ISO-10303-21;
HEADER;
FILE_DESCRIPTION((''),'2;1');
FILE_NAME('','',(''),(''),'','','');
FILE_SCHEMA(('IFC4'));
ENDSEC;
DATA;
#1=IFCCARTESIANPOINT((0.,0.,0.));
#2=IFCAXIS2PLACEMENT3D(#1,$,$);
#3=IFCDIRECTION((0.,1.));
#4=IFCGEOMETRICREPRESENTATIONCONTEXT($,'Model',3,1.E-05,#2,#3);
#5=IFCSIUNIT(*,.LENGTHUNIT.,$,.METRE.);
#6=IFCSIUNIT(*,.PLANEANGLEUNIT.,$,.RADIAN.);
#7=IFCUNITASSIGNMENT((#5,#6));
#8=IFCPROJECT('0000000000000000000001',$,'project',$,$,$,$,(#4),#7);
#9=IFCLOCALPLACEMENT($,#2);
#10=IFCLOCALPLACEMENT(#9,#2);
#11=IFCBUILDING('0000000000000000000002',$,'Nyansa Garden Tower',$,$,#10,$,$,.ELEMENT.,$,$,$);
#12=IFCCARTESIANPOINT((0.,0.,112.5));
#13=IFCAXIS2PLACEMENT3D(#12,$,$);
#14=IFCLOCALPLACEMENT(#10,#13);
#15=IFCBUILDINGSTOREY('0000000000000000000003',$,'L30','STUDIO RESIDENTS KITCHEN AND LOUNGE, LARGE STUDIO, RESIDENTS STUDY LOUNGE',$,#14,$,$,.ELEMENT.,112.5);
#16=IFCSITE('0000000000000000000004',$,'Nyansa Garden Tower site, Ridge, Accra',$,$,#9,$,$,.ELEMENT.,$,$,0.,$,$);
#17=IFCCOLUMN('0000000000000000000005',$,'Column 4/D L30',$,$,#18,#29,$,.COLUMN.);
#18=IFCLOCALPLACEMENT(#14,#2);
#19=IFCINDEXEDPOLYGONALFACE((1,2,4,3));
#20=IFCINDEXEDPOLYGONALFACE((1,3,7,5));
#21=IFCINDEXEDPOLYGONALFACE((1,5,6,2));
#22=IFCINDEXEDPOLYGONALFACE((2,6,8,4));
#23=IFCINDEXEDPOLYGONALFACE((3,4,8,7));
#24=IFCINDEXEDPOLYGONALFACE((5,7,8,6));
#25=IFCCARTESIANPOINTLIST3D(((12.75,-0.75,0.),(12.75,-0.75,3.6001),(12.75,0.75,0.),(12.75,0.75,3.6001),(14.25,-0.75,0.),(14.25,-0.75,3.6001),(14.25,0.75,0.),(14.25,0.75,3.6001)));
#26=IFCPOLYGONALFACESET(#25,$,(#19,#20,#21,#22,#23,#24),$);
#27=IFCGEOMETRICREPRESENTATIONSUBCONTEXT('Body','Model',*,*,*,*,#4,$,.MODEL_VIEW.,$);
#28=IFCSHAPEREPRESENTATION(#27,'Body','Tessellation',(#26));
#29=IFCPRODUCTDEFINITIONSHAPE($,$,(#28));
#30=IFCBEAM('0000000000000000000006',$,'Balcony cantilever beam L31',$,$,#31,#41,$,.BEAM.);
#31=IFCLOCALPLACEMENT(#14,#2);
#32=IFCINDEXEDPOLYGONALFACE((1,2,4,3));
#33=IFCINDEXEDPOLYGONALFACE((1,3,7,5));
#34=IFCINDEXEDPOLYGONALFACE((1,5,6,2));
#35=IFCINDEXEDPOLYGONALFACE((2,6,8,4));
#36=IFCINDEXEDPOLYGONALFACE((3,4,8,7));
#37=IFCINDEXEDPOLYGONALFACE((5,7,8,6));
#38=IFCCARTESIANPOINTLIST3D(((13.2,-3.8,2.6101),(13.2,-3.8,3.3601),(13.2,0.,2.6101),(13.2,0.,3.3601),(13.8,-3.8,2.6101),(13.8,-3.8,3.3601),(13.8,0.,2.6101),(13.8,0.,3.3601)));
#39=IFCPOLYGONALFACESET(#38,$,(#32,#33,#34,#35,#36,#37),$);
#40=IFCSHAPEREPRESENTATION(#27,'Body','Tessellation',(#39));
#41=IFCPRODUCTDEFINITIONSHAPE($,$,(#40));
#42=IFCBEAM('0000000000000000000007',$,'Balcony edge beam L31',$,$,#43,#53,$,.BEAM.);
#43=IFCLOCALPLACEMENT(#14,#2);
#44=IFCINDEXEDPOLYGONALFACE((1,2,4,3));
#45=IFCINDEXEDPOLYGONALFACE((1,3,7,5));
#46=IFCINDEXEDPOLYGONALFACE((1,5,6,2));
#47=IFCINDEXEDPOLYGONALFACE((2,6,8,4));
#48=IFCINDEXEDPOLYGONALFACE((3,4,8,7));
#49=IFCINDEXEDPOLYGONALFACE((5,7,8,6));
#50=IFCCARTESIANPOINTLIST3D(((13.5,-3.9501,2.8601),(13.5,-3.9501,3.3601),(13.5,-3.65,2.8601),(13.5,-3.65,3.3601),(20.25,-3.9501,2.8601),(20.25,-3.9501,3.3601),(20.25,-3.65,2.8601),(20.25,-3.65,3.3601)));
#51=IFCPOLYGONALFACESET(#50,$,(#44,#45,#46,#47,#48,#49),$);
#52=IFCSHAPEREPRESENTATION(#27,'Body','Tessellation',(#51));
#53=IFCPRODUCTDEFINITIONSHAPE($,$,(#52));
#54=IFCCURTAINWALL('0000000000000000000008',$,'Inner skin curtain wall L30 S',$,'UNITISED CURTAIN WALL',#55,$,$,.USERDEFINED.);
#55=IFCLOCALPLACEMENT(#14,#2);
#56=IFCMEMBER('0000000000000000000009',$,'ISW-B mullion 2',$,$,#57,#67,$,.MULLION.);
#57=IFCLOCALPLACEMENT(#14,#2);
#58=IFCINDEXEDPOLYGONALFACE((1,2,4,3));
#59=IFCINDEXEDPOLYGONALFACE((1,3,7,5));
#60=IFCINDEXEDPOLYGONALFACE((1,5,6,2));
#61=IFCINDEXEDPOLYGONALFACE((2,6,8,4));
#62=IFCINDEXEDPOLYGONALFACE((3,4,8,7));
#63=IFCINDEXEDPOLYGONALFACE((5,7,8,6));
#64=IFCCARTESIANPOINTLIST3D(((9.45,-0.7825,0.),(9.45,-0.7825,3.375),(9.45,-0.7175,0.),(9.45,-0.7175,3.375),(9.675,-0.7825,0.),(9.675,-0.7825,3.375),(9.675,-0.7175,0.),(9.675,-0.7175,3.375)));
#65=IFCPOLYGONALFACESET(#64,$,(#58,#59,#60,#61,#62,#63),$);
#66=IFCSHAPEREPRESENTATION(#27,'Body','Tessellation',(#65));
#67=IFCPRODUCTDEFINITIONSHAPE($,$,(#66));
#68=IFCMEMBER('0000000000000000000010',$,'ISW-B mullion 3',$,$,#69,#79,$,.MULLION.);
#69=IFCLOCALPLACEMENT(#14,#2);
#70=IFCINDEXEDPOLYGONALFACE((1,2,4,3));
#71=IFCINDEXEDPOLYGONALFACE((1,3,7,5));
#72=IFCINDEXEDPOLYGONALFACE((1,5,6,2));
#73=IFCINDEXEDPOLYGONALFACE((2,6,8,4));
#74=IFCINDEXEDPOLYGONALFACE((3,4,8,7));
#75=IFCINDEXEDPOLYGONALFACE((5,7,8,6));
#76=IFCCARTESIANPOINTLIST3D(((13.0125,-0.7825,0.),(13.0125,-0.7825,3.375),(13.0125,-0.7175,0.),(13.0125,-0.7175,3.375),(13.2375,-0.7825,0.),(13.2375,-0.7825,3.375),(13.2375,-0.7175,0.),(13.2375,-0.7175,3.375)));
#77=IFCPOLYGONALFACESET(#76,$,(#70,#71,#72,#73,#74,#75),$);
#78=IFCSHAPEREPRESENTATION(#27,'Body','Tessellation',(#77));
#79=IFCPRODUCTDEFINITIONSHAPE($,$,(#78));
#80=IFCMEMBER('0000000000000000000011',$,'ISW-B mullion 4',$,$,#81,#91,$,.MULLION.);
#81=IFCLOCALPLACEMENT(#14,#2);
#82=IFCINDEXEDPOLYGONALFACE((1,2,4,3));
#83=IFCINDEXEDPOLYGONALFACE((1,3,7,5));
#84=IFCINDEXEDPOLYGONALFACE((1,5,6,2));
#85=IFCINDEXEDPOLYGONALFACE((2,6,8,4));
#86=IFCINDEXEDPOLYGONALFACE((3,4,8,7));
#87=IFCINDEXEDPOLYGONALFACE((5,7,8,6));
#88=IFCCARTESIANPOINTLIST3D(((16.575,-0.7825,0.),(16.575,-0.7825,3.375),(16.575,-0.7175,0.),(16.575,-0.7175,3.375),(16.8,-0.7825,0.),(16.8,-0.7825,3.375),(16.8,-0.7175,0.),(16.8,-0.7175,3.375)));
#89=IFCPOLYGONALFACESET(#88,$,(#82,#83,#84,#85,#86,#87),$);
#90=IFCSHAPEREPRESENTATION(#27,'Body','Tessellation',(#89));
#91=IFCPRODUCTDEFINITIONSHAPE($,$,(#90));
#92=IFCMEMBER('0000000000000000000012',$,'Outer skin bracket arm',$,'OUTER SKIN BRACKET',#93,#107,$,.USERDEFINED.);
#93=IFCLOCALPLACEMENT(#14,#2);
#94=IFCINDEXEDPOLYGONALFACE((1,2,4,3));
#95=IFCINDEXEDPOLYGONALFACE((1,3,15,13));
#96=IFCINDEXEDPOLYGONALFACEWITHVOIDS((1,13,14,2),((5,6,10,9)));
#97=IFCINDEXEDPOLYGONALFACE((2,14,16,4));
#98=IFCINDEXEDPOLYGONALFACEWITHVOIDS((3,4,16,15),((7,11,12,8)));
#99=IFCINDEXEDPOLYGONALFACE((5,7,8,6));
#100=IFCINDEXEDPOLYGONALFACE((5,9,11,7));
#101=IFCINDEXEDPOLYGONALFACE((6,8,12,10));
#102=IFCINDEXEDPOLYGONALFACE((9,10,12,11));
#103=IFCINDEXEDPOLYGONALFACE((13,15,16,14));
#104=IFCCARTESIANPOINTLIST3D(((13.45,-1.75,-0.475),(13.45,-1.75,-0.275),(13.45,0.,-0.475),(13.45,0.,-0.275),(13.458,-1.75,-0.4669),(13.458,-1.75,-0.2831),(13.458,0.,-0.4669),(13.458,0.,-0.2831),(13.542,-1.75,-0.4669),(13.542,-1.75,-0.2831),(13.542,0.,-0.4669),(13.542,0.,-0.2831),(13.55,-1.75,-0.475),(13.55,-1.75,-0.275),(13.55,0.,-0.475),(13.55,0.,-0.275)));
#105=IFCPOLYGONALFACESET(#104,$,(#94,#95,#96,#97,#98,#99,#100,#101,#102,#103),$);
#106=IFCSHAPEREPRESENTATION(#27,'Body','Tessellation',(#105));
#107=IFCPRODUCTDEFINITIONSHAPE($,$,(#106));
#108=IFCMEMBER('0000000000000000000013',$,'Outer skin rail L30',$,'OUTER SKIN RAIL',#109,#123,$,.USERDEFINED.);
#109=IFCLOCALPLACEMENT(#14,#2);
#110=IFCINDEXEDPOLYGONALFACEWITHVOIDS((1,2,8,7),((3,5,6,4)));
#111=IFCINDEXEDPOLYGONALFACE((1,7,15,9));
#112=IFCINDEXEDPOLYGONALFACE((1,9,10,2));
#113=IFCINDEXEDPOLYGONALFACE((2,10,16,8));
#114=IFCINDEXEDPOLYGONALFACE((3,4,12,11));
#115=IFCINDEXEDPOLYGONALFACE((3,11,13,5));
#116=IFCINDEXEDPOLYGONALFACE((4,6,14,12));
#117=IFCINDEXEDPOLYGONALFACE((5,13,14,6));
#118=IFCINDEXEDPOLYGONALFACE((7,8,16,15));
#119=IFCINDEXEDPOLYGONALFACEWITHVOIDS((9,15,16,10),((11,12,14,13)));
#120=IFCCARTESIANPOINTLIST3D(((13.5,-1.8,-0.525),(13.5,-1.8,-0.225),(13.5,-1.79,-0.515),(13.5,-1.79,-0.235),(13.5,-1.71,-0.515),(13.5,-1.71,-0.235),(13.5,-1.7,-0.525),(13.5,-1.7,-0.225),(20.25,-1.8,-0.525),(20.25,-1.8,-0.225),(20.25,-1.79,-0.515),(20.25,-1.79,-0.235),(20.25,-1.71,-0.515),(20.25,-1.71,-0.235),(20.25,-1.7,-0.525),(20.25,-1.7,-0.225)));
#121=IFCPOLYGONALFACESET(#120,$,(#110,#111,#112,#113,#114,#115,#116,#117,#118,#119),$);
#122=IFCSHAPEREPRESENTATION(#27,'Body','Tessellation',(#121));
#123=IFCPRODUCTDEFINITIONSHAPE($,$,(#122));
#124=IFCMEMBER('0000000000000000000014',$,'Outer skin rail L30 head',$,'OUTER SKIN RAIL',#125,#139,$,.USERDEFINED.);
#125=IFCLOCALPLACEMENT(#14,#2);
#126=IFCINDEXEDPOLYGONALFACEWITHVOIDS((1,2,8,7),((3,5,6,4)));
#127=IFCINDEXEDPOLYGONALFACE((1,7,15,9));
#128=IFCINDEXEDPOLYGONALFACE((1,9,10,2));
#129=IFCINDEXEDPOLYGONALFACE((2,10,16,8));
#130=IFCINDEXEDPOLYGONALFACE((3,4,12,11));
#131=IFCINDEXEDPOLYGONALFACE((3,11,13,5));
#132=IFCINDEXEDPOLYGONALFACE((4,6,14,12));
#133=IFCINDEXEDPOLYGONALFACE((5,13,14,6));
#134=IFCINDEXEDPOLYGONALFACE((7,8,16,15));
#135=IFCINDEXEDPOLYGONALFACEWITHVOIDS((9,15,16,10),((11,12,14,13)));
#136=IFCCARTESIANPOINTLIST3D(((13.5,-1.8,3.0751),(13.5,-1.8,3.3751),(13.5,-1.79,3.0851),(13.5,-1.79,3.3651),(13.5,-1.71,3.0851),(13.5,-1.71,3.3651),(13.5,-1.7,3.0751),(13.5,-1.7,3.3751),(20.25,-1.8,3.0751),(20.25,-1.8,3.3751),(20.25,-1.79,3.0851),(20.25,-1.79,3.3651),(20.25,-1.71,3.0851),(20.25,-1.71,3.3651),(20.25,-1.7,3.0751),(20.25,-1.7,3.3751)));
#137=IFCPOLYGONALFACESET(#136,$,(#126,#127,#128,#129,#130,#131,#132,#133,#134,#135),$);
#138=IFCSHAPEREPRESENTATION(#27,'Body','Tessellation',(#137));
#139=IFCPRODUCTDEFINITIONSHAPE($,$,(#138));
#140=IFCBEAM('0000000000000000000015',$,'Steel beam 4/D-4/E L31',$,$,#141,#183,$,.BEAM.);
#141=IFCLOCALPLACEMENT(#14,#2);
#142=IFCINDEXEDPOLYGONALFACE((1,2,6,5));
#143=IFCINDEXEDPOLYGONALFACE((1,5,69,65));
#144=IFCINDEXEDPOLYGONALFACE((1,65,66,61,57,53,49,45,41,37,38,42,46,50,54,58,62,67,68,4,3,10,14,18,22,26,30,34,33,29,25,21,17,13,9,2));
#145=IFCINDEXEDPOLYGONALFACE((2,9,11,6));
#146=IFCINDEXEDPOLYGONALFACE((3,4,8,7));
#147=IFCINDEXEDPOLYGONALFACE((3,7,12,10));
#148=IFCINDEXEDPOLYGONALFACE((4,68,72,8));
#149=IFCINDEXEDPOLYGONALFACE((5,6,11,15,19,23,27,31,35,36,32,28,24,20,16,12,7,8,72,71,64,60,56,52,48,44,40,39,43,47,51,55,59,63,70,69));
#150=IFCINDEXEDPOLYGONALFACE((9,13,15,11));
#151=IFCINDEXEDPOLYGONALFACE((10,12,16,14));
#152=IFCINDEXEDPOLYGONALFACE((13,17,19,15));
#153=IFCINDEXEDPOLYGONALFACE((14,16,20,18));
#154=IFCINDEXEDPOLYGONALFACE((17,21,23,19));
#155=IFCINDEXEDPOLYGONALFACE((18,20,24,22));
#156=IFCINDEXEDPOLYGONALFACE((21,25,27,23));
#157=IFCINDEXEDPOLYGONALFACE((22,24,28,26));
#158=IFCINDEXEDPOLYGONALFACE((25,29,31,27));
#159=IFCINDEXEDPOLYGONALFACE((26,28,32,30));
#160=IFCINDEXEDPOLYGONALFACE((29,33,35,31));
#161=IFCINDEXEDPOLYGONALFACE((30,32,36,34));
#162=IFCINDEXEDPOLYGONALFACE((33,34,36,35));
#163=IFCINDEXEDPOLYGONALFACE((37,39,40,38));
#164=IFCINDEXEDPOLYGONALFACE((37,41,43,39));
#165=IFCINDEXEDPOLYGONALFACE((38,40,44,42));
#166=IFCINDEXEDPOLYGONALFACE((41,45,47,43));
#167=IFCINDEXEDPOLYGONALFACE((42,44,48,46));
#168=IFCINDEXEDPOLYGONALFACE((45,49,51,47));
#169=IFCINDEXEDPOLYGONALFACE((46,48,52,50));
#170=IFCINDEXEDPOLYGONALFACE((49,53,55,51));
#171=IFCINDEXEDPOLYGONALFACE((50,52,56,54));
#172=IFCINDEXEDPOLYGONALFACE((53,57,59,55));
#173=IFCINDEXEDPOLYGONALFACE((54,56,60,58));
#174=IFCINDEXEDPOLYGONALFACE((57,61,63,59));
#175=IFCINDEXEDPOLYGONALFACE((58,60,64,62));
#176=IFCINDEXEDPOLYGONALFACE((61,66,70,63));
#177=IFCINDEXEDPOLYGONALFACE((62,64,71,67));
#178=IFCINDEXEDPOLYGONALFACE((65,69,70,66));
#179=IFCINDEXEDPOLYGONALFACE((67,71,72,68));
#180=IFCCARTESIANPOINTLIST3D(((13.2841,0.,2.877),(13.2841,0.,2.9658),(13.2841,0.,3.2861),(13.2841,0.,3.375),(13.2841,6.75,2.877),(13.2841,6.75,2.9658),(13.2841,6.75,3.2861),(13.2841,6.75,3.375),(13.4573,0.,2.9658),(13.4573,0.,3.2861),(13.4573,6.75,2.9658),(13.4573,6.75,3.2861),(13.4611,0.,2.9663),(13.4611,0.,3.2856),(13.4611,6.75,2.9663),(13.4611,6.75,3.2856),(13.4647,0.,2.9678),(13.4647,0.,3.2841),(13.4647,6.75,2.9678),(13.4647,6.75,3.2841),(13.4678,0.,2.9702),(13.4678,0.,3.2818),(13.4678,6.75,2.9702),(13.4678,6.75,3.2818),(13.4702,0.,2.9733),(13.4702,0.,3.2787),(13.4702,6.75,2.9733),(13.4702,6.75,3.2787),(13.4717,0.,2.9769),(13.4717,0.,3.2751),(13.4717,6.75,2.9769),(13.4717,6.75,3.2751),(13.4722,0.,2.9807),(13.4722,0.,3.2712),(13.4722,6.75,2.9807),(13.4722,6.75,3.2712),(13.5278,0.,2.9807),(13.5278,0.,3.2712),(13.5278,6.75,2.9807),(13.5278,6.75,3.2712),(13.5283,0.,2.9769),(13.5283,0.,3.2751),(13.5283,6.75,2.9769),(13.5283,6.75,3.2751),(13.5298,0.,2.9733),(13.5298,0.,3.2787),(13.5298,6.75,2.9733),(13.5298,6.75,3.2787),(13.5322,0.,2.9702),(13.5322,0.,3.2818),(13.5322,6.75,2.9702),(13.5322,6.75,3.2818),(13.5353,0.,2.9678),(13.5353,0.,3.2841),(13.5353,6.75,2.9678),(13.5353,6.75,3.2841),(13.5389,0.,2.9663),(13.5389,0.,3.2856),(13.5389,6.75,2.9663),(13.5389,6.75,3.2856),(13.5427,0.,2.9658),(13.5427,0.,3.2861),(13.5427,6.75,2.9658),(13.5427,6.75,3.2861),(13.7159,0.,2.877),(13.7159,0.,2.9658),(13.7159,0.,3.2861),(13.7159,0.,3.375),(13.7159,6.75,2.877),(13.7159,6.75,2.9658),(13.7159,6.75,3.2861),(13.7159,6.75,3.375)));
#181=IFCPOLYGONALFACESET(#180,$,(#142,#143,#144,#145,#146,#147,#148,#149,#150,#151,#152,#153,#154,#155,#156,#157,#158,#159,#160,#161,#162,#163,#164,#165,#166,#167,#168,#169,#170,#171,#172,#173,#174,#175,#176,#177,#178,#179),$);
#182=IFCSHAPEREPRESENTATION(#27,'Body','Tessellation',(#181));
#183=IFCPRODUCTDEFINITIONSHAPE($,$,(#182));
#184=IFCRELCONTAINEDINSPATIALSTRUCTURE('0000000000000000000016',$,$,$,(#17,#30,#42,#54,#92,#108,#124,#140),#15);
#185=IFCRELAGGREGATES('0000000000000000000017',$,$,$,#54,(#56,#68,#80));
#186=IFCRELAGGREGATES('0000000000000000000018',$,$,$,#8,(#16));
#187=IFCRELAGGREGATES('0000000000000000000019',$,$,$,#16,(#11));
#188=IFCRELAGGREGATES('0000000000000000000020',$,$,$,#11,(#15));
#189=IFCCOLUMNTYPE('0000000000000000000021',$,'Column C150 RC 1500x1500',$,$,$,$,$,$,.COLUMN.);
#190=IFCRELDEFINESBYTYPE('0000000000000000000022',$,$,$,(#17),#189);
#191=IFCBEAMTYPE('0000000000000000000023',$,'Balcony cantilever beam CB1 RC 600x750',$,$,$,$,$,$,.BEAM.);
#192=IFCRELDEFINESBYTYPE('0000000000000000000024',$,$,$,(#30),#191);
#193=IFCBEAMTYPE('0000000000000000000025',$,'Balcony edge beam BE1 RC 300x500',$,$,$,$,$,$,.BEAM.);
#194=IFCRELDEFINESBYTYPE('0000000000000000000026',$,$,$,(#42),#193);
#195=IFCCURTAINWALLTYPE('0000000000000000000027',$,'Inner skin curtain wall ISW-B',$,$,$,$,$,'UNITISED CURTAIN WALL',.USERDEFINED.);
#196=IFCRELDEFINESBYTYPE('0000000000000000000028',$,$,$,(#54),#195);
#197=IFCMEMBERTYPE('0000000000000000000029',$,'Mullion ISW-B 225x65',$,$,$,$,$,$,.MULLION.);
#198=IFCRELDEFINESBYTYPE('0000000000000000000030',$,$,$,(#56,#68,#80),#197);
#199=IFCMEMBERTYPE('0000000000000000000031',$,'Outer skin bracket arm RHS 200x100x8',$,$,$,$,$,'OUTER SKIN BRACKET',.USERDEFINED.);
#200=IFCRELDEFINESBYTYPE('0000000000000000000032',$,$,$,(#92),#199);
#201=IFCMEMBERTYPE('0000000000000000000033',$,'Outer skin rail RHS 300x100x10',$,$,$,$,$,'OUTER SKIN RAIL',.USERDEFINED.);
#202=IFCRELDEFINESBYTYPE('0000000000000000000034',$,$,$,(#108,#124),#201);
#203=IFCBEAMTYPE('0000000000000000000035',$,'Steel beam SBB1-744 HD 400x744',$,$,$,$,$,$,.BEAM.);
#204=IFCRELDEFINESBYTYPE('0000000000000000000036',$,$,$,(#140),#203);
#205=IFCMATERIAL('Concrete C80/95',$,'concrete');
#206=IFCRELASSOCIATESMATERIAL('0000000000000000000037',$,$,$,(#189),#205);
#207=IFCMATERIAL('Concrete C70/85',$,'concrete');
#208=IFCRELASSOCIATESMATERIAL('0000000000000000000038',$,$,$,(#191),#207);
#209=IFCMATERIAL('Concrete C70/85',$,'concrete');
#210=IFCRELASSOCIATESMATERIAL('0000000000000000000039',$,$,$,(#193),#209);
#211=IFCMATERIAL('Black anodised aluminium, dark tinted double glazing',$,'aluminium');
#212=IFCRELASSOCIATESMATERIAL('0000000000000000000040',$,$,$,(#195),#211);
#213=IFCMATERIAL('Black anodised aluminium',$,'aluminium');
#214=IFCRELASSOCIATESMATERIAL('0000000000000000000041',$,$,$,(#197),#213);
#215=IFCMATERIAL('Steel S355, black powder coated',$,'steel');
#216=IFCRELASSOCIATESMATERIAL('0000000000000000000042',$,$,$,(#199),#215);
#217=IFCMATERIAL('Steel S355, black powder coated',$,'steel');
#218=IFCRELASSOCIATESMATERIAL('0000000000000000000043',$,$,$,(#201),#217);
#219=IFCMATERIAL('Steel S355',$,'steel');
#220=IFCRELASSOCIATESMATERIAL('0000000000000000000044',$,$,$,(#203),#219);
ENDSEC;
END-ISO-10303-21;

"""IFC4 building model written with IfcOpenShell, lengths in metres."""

from ifc_helpers import new_model, si_unit, direction, frame, origin, origin_2d, place, context, subcontext, project, spatial, rectangle, hollow_rectangle, i_section, extrude, material, material_profile, profile_set, type_object, element, aggregate, save


model = new_model("IFC4")

# Units and contexts
model_context = context("Model", 3, precision=1e-05, world=origin(), true_north=direction((0.0, 1.0)))
body_context = subcontext(model_context, "Body", "Model", "MODEL_VIEW")
ifc_project = project(units=[si_unit("LENGTHUNIT", "METRE"), si_unit("PLANEANGLEUNIT", "RADIAN")], contexts=[model_context])

# Site, building, storey
site_placement = place(None, origin())
site = spatial("IfcSite", under=ifc_project, at=site_placement, Name="Nyansa Garden Tower site, Ridge, Accra", CompositionType="ELEMENT", RefElevation=0.0)
building_placement = place(site_placement, origin())
building = spatial("IfcBuilding", under=site, at=building_placement, Name="Nyansa Garden Tower", CompositionType="ELEMENT")
storey_placement = place(building_placement, frame((0.0, 0.0, 112.5)))
storey = spatial("IfcBuildingStorey", under=building, at=storey_placement, Name="L30", Description="STUDIO RESIDENTS KITCHEN AND LOUNGE, LARGE STUDIO, RESIDENTS STUDY LOUNGE", CompositionType="ELEMENT", Elevation=112.5)

# Column
ifc_material_1 = material(Name="Concrete C80/95", Category="concrete")
ifc_material_profile_1 = material_profile(ifc_material_1, rectangle(XDim=1.5, YDim=1.5, at=origin_2d()), Name="RC 1500x1500")
ifc_profile_set_1 = profile_set([ifc_material_profile_1], Name="Concrete C80/95")
column_type = type_object("IfcColumnType", Name="Column C150 RC 1500x1500", PredefinedType="COLUMN", material=ifc_profile_set_1)
column_placement = place(storey_placement, frame((13.5, 0.0, 0.0), z_axis=(0.0, 0.0, 1.0), x_axis=(1.0, 0.0, 0.0)))
element("IfcColumn", 1, at=column_placement, inside=storey, type_object=column_type, Name="Column 4/D L30", PredefinedType="COLUMN", context=body_context, shape_type="SweptSolid", body=[
    extrude(rectangle(XDim=1.5, YDim=1.5, at=origin_2d()), origin(), (0.0, 0.0, 1.0), 3.6001),
])

# Beams
ifc_material_2 = material(Name="Concrete C70/85", Category="concrete")
ifc_material_profile_2 = material_profile(ifc_material_2, rectangle(XDim=0.6001, YDim=0.75, at=origin_2d()), Name="RC 600x750")
ifc_profile_set_2 = profile_set([ifc_material_profile_2], Name="Concrete C70/85")
beam_type_1 = type_object("IfcBeamType", Name="Balcony cantilever beam CB1 RC 600x750", PredefinedType="BEAM", material=ifc_profile_set_2)
beam_1_placement = place(storey_placement, frame((13.5, 0.0, 2.9851), z_axis=(0.0, -1.0, 0.0), x_axis=(1.0, 0.0, 0.0)))
element("IfcBeam", 2, at=beam_1_placement, inside=storey, type_object=beam_type_1, Name="Balcony cantilever beam L31", PredefinedType="BEAM", context=body_context, shape_type="SweptSolid", body=[
    extrude(rectangle(XDim=0.6001, YDim=0.75, at=origin_2d()), origin(), (0.0, 0.0, 1.0), 3.8),
])
ifc_material_3 = material(Name="Concrete C70/85", Category="concrete")
ifc_material_profile_3 = material_profile(ifc_material_3, rectangle(XDim=0.3, YDim=0.5, at=origin_2d()), Name="RC 300x500")
ifc_profile_set_3 = profile_set([ifc_material_profile_3], Name="Concrete C70/85")
beam_type_2 = type_object("IfcBeamType", Name="Balcony edge beam BE1 RC 300x500", PredefinedType="BEAM", material=ifc_profile_set_3)
beam_2_placement = place(storey_placement, frame((13.5, -3.8, 3.1101), z_axis=(1.0, 0.0, 0.0), x_axis=(0.0, 1.0, 0.0)))
element("IfcBeam", 3, at=beam_2_placement, inside=storey, type_object=beam_type_2, Name="Balcony edge beam L31", PredefinedType="BEAM", context=body_context, shape_type="SweptSolid", body=[
    extrude(rectangle(XDim=0.3, YDim=0.5, at=origin_2d()), origin(), (0.0, 0.0, 1.0), 6.75),
])

# Curtain wall, members
ifc_material_4 = material(Name="Black anodised aluminium, dark tinted double glazing", Category="aluminium")
curtain_wall_type = type_object("IfcCurtainWallType", Name="Inner skin curtain wall ISW-B", ElementType="UNITISED CURTAIN WALL", PredefinedType="USERDEFINED", material=ifc_material_4)
curtain_wall_placement = place(storey_placement, origin())
curtain_wall = element("IfcCurtainWall", 4, at=curtain_wall_placement, inside=storey, type_object=curtain_wall_type, Name="Inner skin curtain wall L30 S", ObjectType="UNITISED CURTAIN WALL", PredefinedType="USERDEFINED")
ifc_material_5 = material(Name="Black anodised aluminium", Category="aluminium")
ifc_material_profile_4 = material_profile(ifc_material_5, rectangle(XDim=0.0649, YDim=0.2251, at=origin_2d()), Name="Mullion 225x65")
ifc_profile_set_4 = profile_set([ifc_material_profile_4], Name="Black anodised aluminium")
member_type_1 = type_object("IfcMemberType", Name="Mullion ISW-B 225x65", PredefinedType="MULLION", material=ifc_profile_set_4)
member_1_placement = place(storey_placement, frame((9.5625, -0.75, 0.0), z_axis=(0.0, 0.0, 1.0), x_axis=(0.0, 1.0, 0.0)))
member_1 = element("IfcMember", 5, at=member_1_placement, type_object=member_type_1, Name="ISW-B mullion 2", PredefinedType="MULLION", context=body_context, shape_type="SweptSolid", body=[
    extrude(rectangle(XDim=0.0649, YDim=0.2251, at=origin_2d()), origin(), (0.0, 0.0, 1.0), 3.375),
])
member_2_placement = place(storey_placement, frame((13.125, -0.75, 0.0), z_axis=(0.0, 0.0, 1.0), x_axis=(0.0, 1.0, 0.0)))
member_2 = element("IfcMember", 6, at=member_2_placement, type_object=member_type_1, Name="ISW-B mullion 3", PredefinedType="MULLION", context=body_context, shape_type="SweptSolid", body=[
    extrude(rectangle(XDim=0.0649, YDim=0.2251, at=origin_2d()), origin(), (0.0, 0.0, 1.0), 3.375),
])
member_3_placement = place(storey_placement, frame((16.6875, -0.75, 0.0), z_axis=(0.0, 0.0, 1.0), x_axis=(0.0, 1.0, 0.0)))
member_3 = element("IfcMember", 7, at=member_3_placement, type_object=member_type_1, Name="ISW-B mullion 4", PredefinedType="MULLION", context=body_context, shape_type="SweptSolid", body=[
    extrude(rectangle(XDim=0.0649, YDim=0.2251, at=origin_2d()), origin(), (0.0, 0.0, 1.0), 3.375),
])

# Members
ifc_material_6 = material(Name="Steel S355, black powder coated", Category="steel")
ifc_material_profile_5 = material_profile(ifc_material_6, hollow_rectangle(XDim=0.1001, YDim=0.2, WallThickness=0.0081, at=origin_2d()), Name="RHS 200x100x8")
ifc_profile_set_5 = profile_set([ifc_material_profile_5], Name="Steel S355, black powder coated")
member_type_2 = type_object("IfcMemberType", Name="Outer skin bracket arm RHS 200x100x8", ElementType="OUTER SKIN BRACKET", PredefinedType="USERDEFINED", material=ifc_profile_set_5)
member_4_placement = place(storey_placement, frame((13.5, 0.0, -0.375), z_axis=(0.0, -1.0, 0.0), x_axis=(1.0, 0.0, 0.0)))
element("IfcMember", 8, at=member_4_placement, inside=storey, type_object=member_type_2, Name="Outer skin bracket arm", ObjectType="OUTER SKIN BRACKET", PredefinedType="USERDEFINED", context=body_context, shape_type="SweptSolid", body=[
    extrude(hollow_rectangle(XDim=0.1001, YDim=0.2, WallThickness=0.0081, at=origin_2d()), origin(), (0.0, 0.0, 1.0), 1.75),
])
ifc_material_7 = material(Name="Steel S355, black powder coated", Category="steel")
ifc_material_profile_6 = material_profile(ifc_material_7, hollow_rectangle(XDim=0.1001, YDim=0.3, WallThickness=0.01, at=origin_2d()), Name="RHS 300x100x10")
ifc_profile_set_6 = profile_set([ifc_material_profile_6], Name="Steel S355, black powder coated")
member_type_3 = type_object("IfcMemberType", Name="Outer skin rail RHS 300x100x10", ElementType="OUTER SKIN RAIL", PredefinedType="USERDEFINED", material=ifc_profile_set_6)
for number, where, z_axis, x_axis, name in (
    (9, (13.5, -1.75, -0.375), (1.0, 0.0, 0.0), (0.0, 1.0, 0.0), "Outer skin rail L30"),
    (10, (13.5, -1.75, 3.2251), (1.0, 0.0, 0.0), (0.0, 1.0, 0.0), "Outer skin rail L30 head"),
):
    element("IfcMember", number, at=place(storey_placement, frame(where, z_axis=z_axis, x_axis=x_axis)), inside=storey, type_object=member_type_3, Name=name, ObjectType="OUTER SKIN RAIL", PredefinedType="USERDEFINED", context=body_context, shape_type="SweptSolid", body=[
        extrude(hollow_rectangle(XDim=0.1001, YDim=0.3, WallThickness=0.01, at=origin_2d()), origin(), (0.0, 0.0, 1.0), 6.75),
    ])

# Beam
ifc_material_8 = material(Name="Steel S355", Category="steel")
ifc_material_profile_7 = material_profile(ifc_material_8, i_section(OverallWidth=0.4319, OverallDepth=0.498, WebThickness=0.0557, FlangeThickness=0.0889, FilletRadius=0.0149, at=origin_2d()), Name="HD 400x744")
ifc_profile_set_7 = profile_set([ifc_material_profile_7], Name="Steel S355")
beam_type_3 = type_object("IfcBeamType", Name="Steel beam SBB1-744 HD 400x744", PredefinedType="BEAM", material=ifc_profile_set_7)
beam_3_placement = place(storey_placement, frame((13.5, 0.0, 3.126), z_axis=(0.0, 1.0, 0.0), x_axis=(-1.0, 0.0, 0.0)))
element("IfcBeam", 11, at=beam_3_placement, inside=storey, type_object=beam_type_3, Name="Steel beam 4/D-4/E L31", PredefinedType="BEAM", context=body_context, shape_type="SweptSolid", body=[
    extrude(i_section(OverallWidth=0.4319, OverallDepth=0.498, WebThickness=0.0557, FlangeThickness=0.0889, FilletRadius=0.0149, at=origin_2d()), origin(), (0.0, 0.0, 1.0), 6.75),
])

aggregate(curtain_wall, [member_1, member_2, member_3])

save(model, "model.ifc")
